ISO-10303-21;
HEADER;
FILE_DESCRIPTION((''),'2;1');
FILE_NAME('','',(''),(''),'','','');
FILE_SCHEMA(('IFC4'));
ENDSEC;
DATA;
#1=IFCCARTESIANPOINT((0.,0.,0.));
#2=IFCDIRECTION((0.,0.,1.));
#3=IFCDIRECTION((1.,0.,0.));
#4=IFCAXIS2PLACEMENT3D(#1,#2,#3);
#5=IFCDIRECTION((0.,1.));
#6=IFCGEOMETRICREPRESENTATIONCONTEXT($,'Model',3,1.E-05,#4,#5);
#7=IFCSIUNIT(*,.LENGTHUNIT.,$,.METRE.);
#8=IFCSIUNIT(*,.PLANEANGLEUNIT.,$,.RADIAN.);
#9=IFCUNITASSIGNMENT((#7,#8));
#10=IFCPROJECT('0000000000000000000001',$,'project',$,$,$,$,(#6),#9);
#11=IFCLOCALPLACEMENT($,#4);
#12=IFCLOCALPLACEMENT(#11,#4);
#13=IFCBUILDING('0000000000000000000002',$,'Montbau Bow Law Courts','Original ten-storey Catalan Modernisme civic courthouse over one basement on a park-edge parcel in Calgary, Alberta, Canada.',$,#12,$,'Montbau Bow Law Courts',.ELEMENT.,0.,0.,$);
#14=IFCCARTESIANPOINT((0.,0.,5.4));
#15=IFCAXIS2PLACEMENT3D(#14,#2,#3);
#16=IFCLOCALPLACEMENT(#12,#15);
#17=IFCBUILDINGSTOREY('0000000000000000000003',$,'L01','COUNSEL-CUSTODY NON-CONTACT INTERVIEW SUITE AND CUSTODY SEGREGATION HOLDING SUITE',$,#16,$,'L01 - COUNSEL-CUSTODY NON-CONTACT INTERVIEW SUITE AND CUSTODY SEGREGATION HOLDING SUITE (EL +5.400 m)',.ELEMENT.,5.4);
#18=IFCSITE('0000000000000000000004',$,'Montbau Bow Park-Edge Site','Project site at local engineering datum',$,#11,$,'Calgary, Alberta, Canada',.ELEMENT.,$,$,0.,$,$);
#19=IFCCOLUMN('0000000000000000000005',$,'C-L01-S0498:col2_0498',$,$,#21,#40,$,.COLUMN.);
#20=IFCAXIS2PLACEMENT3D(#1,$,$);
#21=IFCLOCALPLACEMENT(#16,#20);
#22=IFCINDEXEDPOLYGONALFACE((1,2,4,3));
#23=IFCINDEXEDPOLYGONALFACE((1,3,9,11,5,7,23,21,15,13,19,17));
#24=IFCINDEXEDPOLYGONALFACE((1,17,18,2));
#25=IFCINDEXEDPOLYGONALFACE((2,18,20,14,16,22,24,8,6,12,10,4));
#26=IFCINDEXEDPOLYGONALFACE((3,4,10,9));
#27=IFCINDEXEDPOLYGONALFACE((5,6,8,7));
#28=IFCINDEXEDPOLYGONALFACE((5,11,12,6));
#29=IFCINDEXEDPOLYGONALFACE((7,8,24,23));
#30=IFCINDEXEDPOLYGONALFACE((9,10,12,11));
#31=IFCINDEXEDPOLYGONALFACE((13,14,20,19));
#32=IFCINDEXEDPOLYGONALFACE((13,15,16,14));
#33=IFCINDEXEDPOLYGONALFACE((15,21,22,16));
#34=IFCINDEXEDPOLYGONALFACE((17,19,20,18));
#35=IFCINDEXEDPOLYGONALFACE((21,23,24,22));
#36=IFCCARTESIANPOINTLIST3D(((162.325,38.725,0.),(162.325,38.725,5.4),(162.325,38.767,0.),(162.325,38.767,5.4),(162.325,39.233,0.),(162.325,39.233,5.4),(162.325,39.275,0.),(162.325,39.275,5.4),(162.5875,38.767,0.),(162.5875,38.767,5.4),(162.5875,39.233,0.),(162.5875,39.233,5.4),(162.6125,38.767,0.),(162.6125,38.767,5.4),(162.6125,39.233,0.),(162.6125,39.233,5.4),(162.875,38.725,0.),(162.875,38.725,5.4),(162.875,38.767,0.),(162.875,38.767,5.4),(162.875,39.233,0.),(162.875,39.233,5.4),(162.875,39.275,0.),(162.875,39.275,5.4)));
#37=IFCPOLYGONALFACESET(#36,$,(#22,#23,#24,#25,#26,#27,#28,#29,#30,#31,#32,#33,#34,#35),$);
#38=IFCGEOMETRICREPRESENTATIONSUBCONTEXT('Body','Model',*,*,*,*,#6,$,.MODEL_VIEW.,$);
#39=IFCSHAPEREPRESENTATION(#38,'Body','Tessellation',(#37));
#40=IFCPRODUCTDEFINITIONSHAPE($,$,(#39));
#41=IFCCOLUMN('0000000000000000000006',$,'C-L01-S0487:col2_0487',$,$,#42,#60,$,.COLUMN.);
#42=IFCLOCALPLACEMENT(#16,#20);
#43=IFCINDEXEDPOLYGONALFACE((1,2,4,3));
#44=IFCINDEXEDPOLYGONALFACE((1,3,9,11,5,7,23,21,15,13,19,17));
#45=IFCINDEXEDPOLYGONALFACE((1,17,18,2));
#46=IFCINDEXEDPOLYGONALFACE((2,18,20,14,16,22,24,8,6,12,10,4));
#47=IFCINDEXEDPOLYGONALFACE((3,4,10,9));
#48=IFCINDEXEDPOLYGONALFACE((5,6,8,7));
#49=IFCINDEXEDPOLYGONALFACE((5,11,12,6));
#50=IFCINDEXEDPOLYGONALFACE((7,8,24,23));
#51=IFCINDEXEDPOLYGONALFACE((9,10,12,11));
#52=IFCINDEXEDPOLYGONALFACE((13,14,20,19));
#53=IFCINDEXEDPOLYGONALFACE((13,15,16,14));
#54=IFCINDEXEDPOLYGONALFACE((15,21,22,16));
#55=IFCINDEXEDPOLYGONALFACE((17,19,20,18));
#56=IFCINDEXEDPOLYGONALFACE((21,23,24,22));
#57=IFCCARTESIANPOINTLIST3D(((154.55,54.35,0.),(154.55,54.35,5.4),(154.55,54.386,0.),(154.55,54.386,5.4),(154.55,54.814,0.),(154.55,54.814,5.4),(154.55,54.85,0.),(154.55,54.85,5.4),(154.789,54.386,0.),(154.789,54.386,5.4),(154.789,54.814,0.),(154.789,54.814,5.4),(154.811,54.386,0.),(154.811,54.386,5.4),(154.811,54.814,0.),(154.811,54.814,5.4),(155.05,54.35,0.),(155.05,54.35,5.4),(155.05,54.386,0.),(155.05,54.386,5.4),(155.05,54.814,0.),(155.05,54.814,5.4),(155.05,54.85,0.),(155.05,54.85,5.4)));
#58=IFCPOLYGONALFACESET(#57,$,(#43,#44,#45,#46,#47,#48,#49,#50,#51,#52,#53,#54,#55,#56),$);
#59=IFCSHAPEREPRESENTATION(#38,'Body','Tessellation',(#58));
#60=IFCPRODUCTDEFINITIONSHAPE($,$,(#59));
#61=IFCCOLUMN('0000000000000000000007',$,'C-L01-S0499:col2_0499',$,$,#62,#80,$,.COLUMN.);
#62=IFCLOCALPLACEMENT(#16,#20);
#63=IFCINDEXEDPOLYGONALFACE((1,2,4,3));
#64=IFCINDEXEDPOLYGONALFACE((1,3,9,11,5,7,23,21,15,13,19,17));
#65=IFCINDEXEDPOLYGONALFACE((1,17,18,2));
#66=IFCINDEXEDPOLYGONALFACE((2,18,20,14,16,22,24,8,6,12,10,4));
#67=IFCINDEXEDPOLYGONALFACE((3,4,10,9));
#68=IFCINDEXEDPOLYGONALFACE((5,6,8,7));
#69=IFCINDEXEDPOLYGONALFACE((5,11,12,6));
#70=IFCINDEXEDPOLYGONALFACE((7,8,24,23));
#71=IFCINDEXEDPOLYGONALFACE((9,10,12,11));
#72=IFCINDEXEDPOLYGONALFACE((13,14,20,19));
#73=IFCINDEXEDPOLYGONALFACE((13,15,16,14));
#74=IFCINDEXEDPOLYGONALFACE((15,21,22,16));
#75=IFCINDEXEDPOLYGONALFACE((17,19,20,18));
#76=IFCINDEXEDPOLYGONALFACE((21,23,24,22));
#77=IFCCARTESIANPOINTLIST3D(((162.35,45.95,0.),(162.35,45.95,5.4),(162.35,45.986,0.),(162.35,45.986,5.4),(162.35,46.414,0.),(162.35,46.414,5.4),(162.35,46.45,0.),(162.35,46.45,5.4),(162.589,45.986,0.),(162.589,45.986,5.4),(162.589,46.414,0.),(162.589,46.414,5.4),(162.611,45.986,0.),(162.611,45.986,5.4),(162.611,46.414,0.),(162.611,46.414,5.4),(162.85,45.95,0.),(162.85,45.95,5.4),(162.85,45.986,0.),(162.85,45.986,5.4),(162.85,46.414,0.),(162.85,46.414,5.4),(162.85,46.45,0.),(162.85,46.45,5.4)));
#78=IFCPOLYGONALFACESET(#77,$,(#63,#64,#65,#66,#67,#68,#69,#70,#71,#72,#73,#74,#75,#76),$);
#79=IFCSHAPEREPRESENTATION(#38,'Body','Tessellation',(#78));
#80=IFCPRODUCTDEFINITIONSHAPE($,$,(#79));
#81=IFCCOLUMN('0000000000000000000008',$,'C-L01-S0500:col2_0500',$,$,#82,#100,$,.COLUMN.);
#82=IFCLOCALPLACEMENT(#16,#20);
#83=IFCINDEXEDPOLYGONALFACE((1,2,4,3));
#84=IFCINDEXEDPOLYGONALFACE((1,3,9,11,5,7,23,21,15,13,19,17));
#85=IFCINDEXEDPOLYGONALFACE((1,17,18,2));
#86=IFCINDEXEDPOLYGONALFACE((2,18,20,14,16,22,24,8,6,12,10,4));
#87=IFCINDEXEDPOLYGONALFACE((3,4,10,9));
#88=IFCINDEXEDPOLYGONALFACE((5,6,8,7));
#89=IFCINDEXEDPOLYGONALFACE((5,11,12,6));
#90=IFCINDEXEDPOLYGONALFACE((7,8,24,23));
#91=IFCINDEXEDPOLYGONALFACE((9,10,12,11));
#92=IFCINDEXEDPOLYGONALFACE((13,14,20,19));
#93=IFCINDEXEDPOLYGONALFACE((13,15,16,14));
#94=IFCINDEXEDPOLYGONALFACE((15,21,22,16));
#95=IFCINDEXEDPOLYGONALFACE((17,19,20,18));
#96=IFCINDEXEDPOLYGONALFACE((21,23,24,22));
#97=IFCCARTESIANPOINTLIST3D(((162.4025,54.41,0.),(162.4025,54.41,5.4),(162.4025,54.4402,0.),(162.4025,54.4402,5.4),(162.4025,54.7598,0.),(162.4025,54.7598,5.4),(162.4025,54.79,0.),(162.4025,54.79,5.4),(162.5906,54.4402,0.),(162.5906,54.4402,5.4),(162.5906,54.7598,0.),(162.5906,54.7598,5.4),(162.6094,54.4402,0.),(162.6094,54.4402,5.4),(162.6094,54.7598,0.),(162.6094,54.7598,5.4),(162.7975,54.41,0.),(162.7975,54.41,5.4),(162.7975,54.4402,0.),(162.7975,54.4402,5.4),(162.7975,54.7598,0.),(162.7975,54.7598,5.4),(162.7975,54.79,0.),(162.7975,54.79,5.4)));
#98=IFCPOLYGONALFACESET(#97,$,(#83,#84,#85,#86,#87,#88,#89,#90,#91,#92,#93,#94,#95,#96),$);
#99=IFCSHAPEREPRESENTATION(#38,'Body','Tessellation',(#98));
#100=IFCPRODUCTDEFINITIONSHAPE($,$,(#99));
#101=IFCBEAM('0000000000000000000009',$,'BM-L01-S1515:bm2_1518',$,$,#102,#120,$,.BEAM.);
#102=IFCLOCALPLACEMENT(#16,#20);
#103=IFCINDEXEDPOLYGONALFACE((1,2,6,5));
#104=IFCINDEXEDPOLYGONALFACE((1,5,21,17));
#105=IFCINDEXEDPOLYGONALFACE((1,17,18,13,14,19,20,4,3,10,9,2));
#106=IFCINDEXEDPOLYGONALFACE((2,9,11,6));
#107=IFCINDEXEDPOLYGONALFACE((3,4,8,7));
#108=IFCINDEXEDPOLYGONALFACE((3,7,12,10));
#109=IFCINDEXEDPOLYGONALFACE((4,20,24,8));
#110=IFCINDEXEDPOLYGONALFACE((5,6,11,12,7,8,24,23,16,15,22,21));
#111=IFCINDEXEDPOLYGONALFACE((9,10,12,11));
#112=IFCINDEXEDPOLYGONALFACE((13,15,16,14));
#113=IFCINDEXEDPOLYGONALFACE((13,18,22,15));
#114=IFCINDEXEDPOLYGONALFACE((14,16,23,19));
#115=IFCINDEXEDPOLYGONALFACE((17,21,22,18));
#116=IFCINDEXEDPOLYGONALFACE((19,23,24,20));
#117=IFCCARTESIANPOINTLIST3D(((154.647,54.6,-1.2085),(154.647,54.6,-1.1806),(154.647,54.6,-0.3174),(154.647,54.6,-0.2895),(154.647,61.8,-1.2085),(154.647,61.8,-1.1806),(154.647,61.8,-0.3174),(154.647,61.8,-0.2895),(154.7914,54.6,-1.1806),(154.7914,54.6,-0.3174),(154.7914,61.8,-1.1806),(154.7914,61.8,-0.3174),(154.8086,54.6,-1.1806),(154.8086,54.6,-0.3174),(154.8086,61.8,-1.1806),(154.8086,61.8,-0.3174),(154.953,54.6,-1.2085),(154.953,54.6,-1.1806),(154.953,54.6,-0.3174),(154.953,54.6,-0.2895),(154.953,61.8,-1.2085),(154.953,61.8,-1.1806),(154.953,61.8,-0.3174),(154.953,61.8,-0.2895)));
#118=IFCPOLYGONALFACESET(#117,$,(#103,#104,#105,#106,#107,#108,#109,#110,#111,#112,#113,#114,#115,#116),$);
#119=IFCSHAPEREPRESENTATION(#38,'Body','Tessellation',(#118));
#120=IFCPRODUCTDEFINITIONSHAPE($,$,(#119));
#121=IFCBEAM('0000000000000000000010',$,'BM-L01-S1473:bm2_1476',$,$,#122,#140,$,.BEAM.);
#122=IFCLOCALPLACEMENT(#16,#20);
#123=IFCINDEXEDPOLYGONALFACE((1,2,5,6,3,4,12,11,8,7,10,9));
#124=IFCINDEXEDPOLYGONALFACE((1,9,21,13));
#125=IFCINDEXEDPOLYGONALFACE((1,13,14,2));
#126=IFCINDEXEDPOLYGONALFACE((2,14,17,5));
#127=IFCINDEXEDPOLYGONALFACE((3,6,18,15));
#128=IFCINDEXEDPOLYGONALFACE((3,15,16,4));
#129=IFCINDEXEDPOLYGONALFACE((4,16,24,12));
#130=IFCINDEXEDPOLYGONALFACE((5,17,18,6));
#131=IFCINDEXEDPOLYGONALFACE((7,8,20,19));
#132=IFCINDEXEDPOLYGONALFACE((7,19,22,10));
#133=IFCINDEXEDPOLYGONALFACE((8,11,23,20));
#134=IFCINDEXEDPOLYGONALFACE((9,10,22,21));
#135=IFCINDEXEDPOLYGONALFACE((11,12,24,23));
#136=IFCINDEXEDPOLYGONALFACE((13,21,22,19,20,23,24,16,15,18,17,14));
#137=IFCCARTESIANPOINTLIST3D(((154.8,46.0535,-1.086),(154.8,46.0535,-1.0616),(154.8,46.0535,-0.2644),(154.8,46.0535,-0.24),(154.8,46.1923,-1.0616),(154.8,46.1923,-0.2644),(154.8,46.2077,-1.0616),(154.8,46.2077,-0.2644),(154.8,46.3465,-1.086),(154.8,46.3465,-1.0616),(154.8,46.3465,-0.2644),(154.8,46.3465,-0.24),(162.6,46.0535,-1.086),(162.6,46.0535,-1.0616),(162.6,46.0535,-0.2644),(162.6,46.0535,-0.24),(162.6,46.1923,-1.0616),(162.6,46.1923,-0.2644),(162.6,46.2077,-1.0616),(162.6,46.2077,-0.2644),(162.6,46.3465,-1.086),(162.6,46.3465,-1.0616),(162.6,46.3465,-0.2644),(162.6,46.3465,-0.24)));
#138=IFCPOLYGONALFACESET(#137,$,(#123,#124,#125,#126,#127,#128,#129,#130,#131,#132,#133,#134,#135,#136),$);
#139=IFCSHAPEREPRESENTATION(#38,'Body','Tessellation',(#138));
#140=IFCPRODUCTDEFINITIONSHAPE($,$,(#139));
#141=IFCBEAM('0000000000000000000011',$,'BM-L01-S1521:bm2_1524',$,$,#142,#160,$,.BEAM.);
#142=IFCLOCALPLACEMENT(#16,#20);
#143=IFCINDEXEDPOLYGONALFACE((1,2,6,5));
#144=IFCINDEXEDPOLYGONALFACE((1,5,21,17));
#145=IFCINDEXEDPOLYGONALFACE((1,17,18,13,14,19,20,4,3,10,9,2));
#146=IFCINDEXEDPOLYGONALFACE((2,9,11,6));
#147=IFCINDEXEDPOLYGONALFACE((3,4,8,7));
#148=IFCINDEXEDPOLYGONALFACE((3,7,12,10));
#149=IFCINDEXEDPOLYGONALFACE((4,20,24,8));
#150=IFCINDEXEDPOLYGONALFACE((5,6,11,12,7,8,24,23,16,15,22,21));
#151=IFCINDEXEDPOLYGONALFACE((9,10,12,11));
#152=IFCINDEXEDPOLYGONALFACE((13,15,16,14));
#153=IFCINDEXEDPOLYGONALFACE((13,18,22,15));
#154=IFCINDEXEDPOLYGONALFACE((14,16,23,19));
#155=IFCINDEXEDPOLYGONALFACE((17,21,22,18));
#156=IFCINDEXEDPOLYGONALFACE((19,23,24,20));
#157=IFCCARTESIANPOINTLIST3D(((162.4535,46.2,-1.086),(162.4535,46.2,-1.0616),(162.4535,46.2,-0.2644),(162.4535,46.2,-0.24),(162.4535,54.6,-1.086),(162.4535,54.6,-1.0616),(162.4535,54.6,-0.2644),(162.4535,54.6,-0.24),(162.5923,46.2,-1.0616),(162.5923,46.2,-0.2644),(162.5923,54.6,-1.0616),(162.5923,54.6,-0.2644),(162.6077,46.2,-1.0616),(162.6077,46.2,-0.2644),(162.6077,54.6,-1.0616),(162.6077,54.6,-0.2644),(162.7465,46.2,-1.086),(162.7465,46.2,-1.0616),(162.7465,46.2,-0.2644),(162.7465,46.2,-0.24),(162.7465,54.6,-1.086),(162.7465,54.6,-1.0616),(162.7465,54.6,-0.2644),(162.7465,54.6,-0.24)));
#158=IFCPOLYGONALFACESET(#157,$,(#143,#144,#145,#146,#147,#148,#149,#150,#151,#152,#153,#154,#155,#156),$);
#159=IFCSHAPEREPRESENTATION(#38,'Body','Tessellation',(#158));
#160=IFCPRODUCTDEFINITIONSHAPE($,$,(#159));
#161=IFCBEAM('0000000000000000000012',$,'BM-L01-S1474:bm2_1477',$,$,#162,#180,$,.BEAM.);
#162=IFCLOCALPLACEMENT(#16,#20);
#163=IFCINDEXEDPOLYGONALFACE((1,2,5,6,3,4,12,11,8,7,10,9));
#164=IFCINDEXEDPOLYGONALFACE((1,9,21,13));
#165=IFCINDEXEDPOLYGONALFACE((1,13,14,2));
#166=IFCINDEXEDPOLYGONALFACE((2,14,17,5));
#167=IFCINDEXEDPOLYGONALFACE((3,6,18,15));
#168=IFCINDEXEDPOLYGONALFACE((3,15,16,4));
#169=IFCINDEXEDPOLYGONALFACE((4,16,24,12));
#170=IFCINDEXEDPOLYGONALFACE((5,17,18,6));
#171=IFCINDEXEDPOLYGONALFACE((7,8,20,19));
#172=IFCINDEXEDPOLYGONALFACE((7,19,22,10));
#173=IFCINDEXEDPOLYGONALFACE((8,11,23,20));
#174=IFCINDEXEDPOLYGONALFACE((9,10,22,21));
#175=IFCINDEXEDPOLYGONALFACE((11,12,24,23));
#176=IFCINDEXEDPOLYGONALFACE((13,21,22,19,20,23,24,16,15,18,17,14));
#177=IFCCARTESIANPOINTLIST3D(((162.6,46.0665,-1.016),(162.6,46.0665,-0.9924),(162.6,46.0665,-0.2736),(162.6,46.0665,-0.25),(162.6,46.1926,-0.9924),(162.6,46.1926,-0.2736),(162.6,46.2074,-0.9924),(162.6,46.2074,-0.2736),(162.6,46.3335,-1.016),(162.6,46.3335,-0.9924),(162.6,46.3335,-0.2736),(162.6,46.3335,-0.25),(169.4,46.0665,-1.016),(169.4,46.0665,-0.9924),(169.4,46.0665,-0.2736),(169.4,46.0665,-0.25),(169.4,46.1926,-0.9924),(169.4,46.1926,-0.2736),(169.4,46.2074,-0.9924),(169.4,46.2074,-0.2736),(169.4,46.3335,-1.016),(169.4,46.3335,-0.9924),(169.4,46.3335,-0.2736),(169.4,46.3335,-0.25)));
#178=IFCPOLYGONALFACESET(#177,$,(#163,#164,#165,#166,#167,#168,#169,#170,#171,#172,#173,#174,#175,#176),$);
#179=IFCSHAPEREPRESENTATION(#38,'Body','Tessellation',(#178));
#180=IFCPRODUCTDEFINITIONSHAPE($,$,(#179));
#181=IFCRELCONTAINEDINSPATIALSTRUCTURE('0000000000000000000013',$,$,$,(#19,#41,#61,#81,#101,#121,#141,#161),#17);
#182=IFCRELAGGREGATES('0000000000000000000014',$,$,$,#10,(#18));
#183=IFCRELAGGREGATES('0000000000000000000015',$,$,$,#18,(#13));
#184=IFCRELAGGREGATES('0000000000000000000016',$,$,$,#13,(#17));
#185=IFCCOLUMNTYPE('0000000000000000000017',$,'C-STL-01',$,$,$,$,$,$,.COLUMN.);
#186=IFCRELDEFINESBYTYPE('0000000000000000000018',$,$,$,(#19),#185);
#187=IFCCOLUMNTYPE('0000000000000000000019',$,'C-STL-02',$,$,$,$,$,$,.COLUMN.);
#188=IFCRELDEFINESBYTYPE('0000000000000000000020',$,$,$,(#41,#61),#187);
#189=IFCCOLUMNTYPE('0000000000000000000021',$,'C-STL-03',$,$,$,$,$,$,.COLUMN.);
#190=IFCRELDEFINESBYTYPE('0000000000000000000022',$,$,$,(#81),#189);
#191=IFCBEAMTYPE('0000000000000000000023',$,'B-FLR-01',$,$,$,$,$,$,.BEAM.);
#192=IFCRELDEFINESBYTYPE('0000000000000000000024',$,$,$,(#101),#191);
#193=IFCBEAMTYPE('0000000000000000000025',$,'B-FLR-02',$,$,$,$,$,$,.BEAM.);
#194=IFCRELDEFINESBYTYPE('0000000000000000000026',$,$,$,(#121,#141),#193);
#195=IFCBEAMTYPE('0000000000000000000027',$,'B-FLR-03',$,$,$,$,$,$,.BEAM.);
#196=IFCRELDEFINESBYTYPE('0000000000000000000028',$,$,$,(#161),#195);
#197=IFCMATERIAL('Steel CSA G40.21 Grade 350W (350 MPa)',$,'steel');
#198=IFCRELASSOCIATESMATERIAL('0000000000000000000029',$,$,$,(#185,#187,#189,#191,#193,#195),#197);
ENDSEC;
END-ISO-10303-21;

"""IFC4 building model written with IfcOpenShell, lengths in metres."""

from ifc_helpers import new_model, si_unit, direction, frame, origin_with_axes, origin_2d_with_axis, place, context, subcontext, project, spatial, i_section, extrude, material, material_profile, profile_set, type_object, element, save


model = new_model("IFC4")

# Units and contexts
model_context = context("Model", 3, precision=1e-05, world=origin_with_axes(), true_north=direction((0.0, 1.0)))
body_context = subcontext(model_context, "Body", "Model", "MODEL_VIEW")
ifc_project = project(units=[si_unit("LENGTHUNIT", "METRE"), si_unit("PLANEANGLEUNIT", "RADIAN")], contexts=[model_context])

# Site, building, storey
site_placement = place(None, origin_with_axes())
site = spatial("IfcSite", under=ifc_project, at=site_placement, Name="Montbau Bow Park-Edge Site", Description="Project site at local engineering datum", LongName="Calgary, Alberta, Canada", CompositionType="ELEMENT", RefElevation=0.0)
building_placement = place(site_placement, origin_with_axes())
building = spatial("IfcBuilding", under=site, at=building_placement, Name="Montbau Bow Law Courts", Description="Original ten-storey Catalan Modernisme civic courthouse over one basement on a park-edge parcel in Calgary, Alberta, Canada.", LongName="Montbau Bow Law Courts", CompositionType="ELEMENT", ElevationOfRefHeight=0.0, ElevationOfTerrain=0.0)
storey_placement = place(building_placement, frame((0.0, 0.0, 5.4), z_axis=(0.0, 0.0, 1.0), x_axis=(1.0, 0.0, 0.0)))
storey = spatial("IfcBuildingStorey", under=building, at=storey_placement, Name="L01", Description="COUNSEL-CUSTODY NON-CONTACT INTERVIEW SUITE AND CUSTODY SEGREGATION HOLDING SUITE", LongName="L01 - COUNSEL-CUSTODY NON-CONTACT INTERVIEW SUITE AND CUSTODY SEGREGATION HOLDING SUITE (EL +5.400 m)", CompositionType="ELEMENT", Elevation=5.4)

# Columns
ifc_material_1 = material(Name="Steel CSA G40.21 Grade 350W (350 MPa)", Category="steel")
ifc_material_profile_1 = material_profile(ifc_material_1, i_section(OverallWidth=0.55, OverallDepth=0.55, WebThickness=0.025, FlangeThickness=0.042, at=origin_2d_with_axis()), Name="WWF550X420", Category="Main", Priority=0)
ifc_profile_set_1 = profile_set([ifc_material_profile_1], Name="Steel CSA G40.21 Grade 350W (350 MPa)")
column_type_1 = type_object("IfcColumnType", Name="C-STL-01", PredefinedType="COLUMN", material=ifc_profile_set_1)
for number, where, z_axis, x_axis, name in (
    (1, (162.6, 39.0, 5.4), (0.0, 0.0, 1.0), (1.0, 0.0, 0.0), "C-L01-S0498:col2_0498"),
):
    element("IfcColumn", number, at=place(None, frame(where, z_axis=z_axis, x_axis=x_axis)), inside=storey, type_object=column_type_1, Name=name, PredefinedType="COLUMN", context=body_context, shape_type="SweptSolid", body=[
        extrude(i_section(OverallWidth=0.55, OverallDepth=0.55, WebThickness=0.025, FlangeThickness=0.042, at=origin_2d_with_axis()), origin_with_axes(), (0.0, 0.0, 1.0), 5.4),
    ])
ifc_material_profile_2 = material_profile(ifc_material_1, i_section(OverallWidth=0.5, OverallDepth=0.5, WebThickness=0.022, FlangeThickness=0.036, at=origin_2d_with_axis()), Name="WWF500X343", Category="Main", Priority=0)
ifc_profile_set_2 = profile_set([ifc_material_profile_2], Name="Steel CSA G40.21 Grade 350W (350 MPa)")
column_type_2 = type_object("IfcColumnType", Name="C-STL-02", PredefinedType="COLUMN", material=ifc_profile_set_2)
for number, where, z_axis, x_axis, name in (
    (2, (154.8, 54.6, 5.4), (0.0, 0.0, 1.0), (1.0, 0.0, 0.0), "C-L01-S0487:col2_0487"),
    (3, (162.6, 46.2, 5.4), (0.0, 0.0, 1.0), (1.0, 0.0, 0.0), "C-L01-S0499:col2_0499"),
):
    element("IfcColumn", number, at=place(None, frame(where, z_axis=z_axis, x_axis=x_axis)), inside=storey, type_object=column_type_2, Name=name, PredefinedType="COLUMN", context=body_context, shape_type="SweptSolid", body=[
        extrude(i_section(OverallWidth=0.5, OverallDepth=0.5, WebThickness=0.022, FlangeThickness=0.036, at=origin_2d_with_axis()), origin_with_axes(), (0.0, 0.0, 1.0), 5.4),
    ])
ifc_material_profile_3 = material_profile(ifc_material_1, i_section(OverallWidth=0.395, OverallDepth=0.38, WebThickness=0.0189, FlangeThickness=0.0302, at=origin_2d_with_axis()), Name="W360X237", Category="Main", Priority=0)
ifc_profile_set_3 = profile_set([ifc_material_profile_3], Name="Steel CSA G40.21 Grade 350W (350 MPa)")
column_type_3 = type_object("IfcColumnType", Name="C-STL-03", PredefinedType="COLUMN", material=ifc_profile_set_3)
column_1_placement = place(None, frame((162.6, 54.6, 5.4), z_axis=(0.0, 0.0, 1.0), x_axis=(1.0, 0.0, 0.0)))
element("IfcColumn", 4, at=column_1_placement, inside=storey, type_object=column_type_3, Name="C-L01-S0500:col2_0500", PredefinedType="COLUMN", context=body_context, shape_type="SweptSolid", body=[
    extrude(i_section(OverallWidth=0.395, OverallDepth=0.38, WebThickness=0.0189, FlangeThickness=0.0302, at=origin_2d_with_axis()), origin_with_axes(), (0.0, 0.0, 1.0), 5.4),
])

# Beams
ifc_material_profile_4 = material_profile(ifc_material_1, i_section(OverallWidth=0.306, OverallDepth=0.919, WebThickness=0.0173, FlangeThickness=0.0279, at=origin_2d_with_axis()), Name="W920X253", Category="Main", Priority=0)
ifc_profile_set_4 = profile_set([ifc_material_profile_4], Name="Steel CSA G40.21 Grade 350W (350 MPa)")
beam_type_1 = type_object("IfcBeamType", Name="B-FLR-01", PredefinedType="BEAM", material=ifc_profile_set_4)
beam_1_placement = place(None, frame((154.8, 54.6, 4.651), z_axis=(0.0, 1.0, 0.0), x_axis=(-1.0, 0.0, 0.0)))
element("IfcBeam", 5, at=beam_1_placement, inside=storey, type_object=beam_type_1, Name="BM-L01-S1515:bm2_1518", PredefinedType="BEAM", context=body_context, shape_type="SweptSolid", body=[
    extrude(i_section(OverallWidth=0.306, OverallDepth=0.919, WebThickness=0.0173, FlangeThickness=0.0279, at=origin_2d_with_axis()), origin_with_axes(), (0.0, 0.0, 1.0), 7.2),
])
ifc_material_profile_5 = material_profile(ifc_material_1, i_section(OverallWidth=0.293, OverallDepth=0.846, WebThickness=0.0154, FlangeThickness=0.0244, at=origin_2d_with_axis()), Name="W840X210", Category="Main", Priority=0)
ifc_profile_set_5 = profile_set([ifc_material_profile_5], Name="Steel CSA G40.21 Grade 350W (350 MPa)")
beam_type_2 = type_object("IfcBeamType", Name="B-FLR-02", PredefinedType="BEAM", material=ifc_profile_set_5)
beam_2_placement = place(None, frame((154.8, 46.2, 4.737), z_axis=(1.0, 0.0, 0.0), x_axis=(0.0, 1.0, 0.0)))
element("IfcBeam", 6, at=beam_2_placement, inside=storey, type_object=beam_type_2, Name="BM-L01-S1473:bm2_1476", PredefinedType="BEAM", context=body_context, shape_type="SweptSolid", body=[
    extrude(i_section(OverallWidth=0.293, OverallDepth=0.846, WebThickness=0.0154, FlangeThickness=0.0244, at=origin_2d_with_axis()), origin_with_axes(), (0.0, 0.0, 1.0), 7.8),
])
beam_3_placement = place(None, frame((162.6, 46.2, 4.737), z_axis=(0.0, 1.0, 0.0), x_axis=(-1.0, 0.0, 0.0)))
element("IfcBeam", 7, at=beam_3_placement, inside=storey, type_object=beam_type_2, Name="BM-L01-S1521:bm2_1524", PredefinedType="BEAM", context=body_context, shape_type="SweptSolid", body=[
    extrude(i_section(OverallWidth=0.293, OverallDepth=0.846, WebThickness=0.0154, FlangeThickness=0.0244, at=origin_2d_with_axis()), origin_with_axes(), (0.0, 0.0, 1.0), 8.4),
])
ifc_material_profile_6 = material_profile(ifc_material_1, i_section(OverallWidth=0.267, OverallDepth=0.766, WebThickness=0.0149, FlangeThickness=0.0236, at=origin_2d_with_axis()), Name="W760X185", Category="Main", Priority=0)
ifc_profile_set_6 = profile_set([ifc_material_profile_6], Name="Steel CSA G40.21 Grade 350W (350 MPa)")
beam_type_3 = type_object("IfcBeamType", Name="B-FLR-03", PredefinedType="BEAM", material=ifc_profile_set_6)
beam_4_placement = place(None, frame((162.6, 46.2, 4.767), z_axis=(1.0, 0.0, 0.0), x_axis=(0.0, 1.0, 0.0)))
element("IfcBeam", 8, at=beam_4_placement, inside=storey, type_object=beam_type_3, Name="BM-L01-S1474:bm2_1477", PredefinedType="BEAM", context=body_context, shape_type="SweptSolid", body=[
    extrude(i_section(OverallWidth=0.267, OverallDepth=0.766, WebThickness=0.0149, FlangeThickness=0.0236, at=origin_2d_with_axis()), origin_with_axes(), (0.0, 0.0, 1.0), 6.8),
])

save(model, "model.ifc")
